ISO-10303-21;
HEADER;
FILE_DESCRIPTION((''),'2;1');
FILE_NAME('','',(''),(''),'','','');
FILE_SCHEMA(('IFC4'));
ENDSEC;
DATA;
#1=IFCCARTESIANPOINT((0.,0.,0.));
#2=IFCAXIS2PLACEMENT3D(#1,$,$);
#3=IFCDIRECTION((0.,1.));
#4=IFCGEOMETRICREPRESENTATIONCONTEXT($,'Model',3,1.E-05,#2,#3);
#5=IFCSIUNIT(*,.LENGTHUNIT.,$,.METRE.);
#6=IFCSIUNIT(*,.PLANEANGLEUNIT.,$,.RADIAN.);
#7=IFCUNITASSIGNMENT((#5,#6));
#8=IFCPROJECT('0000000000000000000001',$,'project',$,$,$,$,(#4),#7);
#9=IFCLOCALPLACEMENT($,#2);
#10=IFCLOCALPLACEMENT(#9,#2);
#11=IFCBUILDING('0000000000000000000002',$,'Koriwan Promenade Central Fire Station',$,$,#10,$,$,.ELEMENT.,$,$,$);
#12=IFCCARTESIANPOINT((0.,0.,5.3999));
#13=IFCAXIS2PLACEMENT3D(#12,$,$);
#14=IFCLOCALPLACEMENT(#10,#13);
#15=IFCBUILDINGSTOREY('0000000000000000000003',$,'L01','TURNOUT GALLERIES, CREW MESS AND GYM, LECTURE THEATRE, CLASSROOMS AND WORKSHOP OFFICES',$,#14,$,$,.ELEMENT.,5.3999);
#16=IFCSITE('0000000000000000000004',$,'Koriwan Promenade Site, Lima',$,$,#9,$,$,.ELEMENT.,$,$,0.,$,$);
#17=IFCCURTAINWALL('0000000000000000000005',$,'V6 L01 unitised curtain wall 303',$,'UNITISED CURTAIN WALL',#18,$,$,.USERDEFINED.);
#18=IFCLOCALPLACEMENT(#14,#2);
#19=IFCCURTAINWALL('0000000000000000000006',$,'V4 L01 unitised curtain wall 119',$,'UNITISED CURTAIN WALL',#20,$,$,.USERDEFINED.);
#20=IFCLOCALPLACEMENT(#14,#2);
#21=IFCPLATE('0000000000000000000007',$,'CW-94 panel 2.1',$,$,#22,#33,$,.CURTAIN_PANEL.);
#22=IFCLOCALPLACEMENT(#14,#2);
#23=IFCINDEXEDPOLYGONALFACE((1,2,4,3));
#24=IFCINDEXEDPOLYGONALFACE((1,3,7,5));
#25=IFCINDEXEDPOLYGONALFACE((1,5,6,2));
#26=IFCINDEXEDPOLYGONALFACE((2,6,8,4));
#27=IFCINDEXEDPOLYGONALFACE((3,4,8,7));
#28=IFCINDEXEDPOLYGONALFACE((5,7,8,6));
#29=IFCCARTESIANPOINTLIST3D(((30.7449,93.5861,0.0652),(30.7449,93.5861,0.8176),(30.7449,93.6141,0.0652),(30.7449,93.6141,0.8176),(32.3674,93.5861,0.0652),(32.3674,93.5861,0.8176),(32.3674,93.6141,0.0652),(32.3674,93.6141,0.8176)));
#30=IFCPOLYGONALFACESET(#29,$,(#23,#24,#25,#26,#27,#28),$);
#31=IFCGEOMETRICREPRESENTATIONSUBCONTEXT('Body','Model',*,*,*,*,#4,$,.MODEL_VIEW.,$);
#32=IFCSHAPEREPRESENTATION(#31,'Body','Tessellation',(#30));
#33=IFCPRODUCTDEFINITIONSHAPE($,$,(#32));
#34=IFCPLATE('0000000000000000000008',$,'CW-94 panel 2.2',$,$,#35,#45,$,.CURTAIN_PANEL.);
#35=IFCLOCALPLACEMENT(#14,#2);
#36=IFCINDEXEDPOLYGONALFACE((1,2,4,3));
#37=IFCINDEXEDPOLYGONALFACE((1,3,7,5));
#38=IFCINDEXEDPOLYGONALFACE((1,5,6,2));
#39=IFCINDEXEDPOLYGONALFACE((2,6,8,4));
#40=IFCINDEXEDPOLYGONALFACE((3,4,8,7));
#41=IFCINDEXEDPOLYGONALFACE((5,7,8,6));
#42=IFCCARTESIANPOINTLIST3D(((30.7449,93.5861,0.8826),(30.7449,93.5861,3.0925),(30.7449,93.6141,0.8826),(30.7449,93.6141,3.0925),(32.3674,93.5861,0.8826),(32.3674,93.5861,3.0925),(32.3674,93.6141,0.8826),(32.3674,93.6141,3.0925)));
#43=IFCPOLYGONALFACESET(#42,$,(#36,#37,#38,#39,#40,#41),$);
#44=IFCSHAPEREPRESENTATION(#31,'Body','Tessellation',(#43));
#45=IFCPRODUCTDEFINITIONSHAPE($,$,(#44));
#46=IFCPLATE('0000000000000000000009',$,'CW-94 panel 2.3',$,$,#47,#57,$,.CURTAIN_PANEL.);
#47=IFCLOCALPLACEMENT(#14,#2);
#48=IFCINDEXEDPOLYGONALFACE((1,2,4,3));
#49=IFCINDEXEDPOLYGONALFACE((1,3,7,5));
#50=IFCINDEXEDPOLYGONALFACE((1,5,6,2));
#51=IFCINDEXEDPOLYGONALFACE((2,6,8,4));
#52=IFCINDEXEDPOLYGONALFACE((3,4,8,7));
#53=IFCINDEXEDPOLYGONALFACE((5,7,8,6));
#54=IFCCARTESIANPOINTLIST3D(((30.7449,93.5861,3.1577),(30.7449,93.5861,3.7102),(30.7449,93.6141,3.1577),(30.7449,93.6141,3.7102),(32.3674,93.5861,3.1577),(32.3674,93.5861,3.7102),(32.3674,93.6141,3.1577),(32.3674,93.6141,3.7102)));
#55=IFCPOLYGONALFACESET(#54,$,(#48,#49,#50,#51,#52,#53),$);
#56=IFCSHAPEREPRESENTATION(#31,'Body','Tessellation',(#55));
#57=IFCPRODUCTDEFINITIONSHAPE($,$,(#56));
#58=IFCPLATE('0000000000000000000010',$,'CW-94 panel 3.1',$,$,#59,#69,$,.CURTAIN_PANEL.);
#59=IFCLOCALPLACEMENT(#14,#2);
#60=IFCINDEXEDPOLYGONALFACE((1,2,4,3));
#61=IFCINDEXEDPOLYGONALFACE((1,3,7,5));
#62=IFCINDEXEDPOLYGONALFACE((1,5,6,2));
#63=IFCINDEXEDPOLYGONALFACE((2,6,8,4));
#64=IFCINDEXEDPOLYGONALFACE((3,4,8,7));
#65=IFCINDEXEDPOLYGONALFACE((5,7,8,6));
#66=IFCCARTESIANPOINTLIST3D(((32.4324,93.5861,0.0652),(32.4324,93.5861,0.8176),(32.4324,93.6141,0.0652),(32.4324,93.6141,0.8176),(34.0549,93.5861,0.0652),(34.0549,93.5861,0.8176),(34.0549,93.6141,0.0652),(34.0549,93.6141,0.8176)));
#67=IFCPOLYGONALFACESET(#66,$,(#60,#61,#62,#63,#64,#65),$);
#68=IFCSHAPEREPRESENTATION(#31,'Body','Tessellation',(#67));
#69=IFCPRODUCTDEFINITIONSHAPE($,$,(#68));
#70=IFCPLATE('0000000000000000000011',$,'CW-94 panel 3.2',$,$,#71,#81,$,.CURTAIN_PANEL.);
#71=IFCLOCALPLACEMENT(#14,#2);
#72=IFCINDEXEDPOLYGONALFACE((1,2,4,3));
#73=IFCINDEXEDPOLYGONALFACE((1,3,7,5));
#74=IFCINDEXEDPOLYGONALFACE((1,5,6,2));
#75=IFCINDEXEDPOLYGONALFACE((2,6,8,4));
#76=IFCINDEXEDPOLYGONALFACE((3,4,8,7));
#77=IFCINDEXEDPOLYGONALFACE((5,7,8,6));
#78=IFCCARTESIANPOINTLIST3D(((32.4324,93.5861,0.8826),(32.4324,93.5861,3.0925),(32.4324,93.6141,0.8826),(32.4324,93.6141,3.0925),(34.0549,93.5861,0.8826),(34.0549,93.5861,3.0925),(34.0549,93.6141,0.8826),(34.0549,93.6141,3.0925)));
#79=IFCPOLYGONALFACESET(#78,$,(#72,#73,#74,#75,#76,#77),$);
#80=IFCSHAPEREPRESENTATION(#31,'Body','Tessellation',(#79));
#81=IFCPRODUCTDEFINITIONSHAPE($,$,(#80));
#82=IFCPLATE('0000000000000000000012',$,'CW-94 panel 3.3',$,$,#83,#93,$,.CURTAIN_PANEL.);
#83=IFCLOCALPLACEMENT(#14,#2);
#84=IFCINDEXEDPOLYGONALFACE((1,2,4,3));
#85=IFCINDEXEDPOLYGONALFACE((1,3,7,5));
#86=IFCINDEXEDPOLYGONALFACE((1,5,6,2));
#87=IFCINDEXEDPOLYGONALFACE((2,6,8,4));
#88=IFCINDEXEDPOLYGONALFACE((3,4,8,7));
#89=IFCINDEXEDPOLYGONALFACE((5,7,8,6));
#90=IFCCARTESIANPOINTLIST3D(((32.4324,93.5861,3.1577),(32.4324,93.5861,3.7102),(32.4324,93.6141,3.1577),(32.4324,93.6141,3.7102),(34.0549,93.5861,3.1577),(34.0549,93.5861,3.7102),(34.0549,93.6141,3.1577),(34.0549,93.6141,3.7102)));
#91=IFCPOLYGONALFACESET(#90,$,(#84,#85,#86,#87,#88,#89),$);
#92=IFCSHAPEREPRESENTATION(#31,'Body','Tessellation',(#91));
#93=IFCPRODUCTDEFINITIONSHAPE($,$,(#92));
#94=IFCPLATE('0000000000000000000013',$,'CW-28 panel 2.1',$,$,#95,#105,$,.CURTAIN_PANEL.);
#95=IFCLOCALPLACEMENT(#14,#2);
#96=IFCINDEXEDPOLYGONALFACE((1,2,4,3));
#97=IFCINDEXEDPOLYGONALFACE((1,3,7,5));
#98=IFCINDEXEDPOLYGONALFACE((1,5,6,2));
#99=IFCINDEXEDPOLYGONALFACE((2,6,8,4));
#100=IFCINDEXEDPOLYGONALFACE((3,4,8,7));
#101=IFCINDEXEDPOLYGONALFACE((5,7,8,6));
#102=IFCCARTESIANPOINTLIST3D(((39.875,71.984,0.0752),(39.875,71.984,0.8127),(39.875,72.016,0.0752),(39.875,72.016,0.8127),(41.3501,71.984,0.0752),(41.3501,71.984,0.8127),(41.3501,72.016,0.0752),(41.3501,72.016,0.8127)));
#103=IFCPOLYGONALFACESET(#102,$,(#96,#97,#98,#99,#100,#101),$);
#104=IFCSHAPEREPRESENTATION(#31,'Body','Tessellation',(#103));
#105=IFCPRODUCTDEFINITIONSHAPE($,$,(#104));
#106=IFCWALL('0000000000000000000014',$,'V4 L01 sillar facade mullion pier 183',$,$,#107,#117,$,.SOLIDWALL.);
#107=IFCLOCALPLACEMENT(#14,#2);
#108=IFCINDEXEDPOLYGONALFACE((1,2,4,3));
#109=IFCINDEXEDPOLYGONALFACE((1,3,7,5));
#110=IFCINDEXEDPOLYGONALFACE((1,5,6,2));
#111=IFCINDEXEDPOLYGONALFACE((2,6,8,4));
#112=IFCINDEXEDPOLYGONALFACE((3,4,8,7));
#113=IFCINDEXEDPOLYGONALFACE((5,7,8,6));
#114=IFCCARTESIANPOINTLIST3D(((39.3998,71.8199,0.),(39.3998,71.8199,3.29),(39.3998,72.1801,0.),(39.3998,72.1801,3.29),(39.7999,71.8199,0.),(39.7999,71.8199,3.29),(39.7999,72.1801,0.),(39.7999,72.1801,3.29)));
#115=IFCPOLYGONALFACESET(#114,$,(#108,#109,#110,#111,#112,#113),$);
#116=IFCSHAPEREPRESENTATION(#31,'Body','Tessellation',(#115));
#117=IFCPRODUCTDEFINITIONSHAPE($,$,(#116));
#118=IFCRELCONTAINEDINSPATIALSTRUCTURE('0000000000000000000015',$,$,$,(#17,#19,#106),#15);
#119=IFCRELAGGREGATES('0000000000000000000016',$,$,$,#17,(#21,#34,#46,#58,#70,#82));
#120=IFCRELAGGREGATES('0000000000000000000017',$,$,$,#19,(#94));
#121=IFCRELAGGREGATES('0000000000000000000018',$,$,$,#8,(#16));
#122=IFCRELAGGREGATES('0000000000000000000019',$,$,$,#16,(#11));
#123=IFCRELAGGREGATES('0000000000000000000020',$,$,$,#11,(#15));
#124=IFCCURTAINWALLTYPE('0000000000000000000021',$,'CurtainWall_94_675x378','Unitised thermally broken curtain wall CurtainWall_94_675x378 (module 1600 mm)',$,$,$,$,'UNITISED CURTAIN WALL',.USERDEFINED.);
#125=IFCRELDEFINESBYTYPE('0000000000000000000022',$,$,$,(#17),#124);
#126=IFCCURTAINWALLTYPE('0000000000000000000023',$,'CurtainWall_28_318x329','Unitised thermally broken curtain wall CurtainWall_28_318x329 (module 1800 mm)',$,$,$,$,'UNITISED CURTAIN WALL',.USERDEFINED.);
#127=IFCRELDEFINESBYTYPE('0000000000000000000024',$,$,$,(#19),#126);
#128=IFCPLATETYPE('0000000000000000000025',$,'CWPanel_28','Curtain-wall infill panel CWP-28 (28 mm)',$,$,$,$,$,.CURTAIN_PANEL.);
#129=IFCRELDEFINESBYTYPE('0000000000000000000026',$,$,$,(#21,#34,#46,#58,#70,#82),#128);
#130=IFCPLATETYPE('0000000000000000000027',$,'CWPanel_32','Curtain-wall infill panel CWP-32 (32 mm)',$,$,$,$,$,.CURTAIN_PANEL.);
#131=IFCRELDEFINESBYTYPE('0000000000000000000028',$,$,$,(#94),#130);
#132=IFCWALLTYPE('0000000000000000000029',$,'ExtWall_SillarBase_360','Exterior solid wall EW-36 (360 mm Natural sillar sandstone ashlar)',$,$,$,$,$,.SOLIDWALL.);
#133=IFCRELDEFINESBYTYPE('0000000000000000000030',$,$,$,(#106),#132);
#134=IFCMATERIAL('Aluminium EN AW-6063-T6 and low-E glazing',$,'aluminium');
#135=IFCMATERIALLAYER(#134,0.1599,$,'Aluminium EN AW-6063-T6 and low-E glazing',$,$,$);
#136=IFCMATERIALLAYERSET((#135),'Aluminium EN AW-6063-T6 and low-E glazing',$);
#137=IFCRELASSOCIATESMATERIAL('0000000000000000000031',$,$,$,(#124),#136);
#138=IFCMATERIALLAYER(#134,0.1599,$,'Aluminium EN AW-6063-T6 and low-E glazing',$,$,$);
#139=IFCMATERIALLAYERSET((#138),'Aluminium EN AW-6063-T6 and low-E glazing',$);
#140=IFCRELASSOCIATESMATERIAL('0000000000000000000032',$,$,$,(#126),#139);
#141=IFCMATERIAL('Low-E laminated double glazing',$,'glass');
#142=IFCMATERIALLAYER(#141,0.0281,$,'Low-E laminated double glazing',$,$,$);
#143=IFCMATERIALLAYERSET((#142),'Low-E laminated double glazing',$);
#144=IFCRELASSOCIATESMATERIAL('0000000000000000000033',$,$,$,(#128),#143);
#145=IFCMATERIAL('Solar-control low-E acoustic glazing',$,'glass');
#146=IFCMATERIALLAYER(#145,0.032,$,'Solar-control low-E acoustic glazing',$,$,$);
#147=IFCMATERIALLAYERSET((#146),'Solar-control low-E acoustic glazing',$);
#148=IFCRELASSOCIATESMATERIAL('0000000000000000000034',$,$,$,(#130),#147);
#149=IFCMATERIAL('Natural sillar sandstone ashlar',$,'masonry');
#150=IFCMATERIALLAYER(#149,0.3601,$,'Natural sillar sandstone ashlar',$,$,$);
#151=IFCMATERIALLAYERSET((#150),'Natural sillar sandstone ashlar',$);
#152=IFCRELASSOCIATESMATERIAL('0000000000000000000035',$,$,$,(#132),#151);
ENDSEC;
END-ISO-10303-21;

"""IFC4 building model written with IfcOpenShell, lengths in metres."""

from ifc_helpers import new_model, si_unit, direction, frame, frame_2d, origin, origin_2d, place, context, subcontext, project, spatial, rectangle, extrude, material, layer, layer_set, type_object, element, aggregate, save


model = new_model("IFC4")

# Units and contexts
model_context = context("Model", 3, precision=1e-05, world=origin(), true_north=direction((0.0, 1.0)))
body_context = subcontext(model_context, "Body", "Model", "MODEL_VIEW")
ifc_project = project(units=[si_unit("LENGTHUNIT", "METRE"), si_unit("PLANEANGLEUNIT", "RADIAN")], contexts=[model_context])

# Site, building, storey
site_placement = place(None, origin())
site = spatial("IfcSite", under=ifc_project, at=site_placement, Name="Koriwan Promenade Site, Lima", CompositionType="ELEMENT", RefElevation=0.0)
building_placement = place(site_placement, origin())
building = spatial("IfcBuilding", under=site, at=building_placement, Name="Koriwan Promenade Central Fire Station", CompositionType="ELEMENT")
storey_placement = place(building_placement, frame((0.0, 0.0, 5.3999)))
storey = spatial("IfcBuildingStorey", under=building, at=storey_placement, Name="L01", Description="TURNOUT GALLERIES, CREW MESS AND GYM, LECTURE THEATRE, CLASSROOMS AND WORKSHOP OFFICES", CompositionType="ELEMENT", Elevation=5.3999)

# Curtain wall
ifc_material_1 = material(Name="Aluminium EN AW-6063-T6 and low-E glazing", Category="aluminium")
ifc_layer_1 = layer(ifc_material_1, 0.1599, Name="Aluminium EN AW-6063-T6 and low-E glazing")
ifc_layer_set_1 = layer_set([ifc_layer_1], Name="Aluminium EN AW-6063-T6 and low-E glazing")
curtain_wall_type_1 = type_object("IfcCurtainWallType", Name="CurtainWall_94_675x378", Description="Unitised thermally broken curtain wall CurtainWall_94_675x378 (module 1600 mm)", ElementType="UNITISED CURTAIN WALL", PredefinedType="USERDEFINED", material=ifc_layer_set_1)
curtain_wall_1_placement = place(storey_placement, origin())
curtain_wall_1 = element("IfcCurtainWall", 1, at=curtain_wall_1_placement, inside=storey, type_object=curtain_wall_type_1, Name="V6 L01 unitised curtain wall 303", ObjectType="UNITISED CURTAIN WALL", PredefinedType="USERDEFINED")

# Curtain wall
ifc_layer_2 = layer(ifc_material_1, 0.1599, Name="Aluminium EN AW-6063-T6 and low-E glazing")
ifc_layer_set_2 = layer_set([ifc_layer_2], Name="Aluminium EN AW-6063-T6 and low-E glazing")
curtain_wall_type_2 = type_object("IfcCurtainWallType", Name="CurtainWall_28_318x329", Description="Unitised thermally broken curtain wall CurtainWall_28_318x329 (module 1800 mm)", ElementType="UNITISED CURTAIN WALL", PredefinedType="USERDEFINED", material=ifc_layer_set_2)
curtain_wall_2_placement = place(storey_placement, origin())
curtain_wall_2 = element("IfcCurtainWall", 2, at=curtain_wall_2_placement, inside=storey, type_object=curtain_wall_type_2, Name="V4 L01 unitised curtain wall 119", ObjectType="UNITISED CURTAIN WALL", PredefinedType="USERDEFINED")

# Plates
ifc_material_2 = material(Name="Low-E laminated double glazing", Category="glass")
ifc_layer_3 = layer(ifc_material_2, 0.0281, Name="Low-E laminated double glazing")
ifc_layer_set_3 = layer_set([ifc_layer_3], Name="Low-E laminated double glazing")
plate_type_1 = type_object("IfcPlateType", Name="CWPanel_28", Description="Curtain-wall infill panel CWP-28 (28 mm)", PredefinedType="CURTAIN_PANEL", material=ifc_layer_set_3)
plate_1_placement = place(storey_placement, frame((31.5562, 93.6001, 0.0652), z_axis=(0.0, 0.0, 1.0), x_axis=(1.0, 0.0, 0.0)))
plate_1 = element("IfcPlate", 3, at=plate_1_placement, type_object=plate_type_1, Name="CW-94 panel 2.1", PredefinedType="CURTAIN_PANEL", context=body_context, shape_type="SweptSolid", body=[
    extrude(rectangle(XDim=1.6226, YDim=0.0281, at=origin_2d()), origin(), (0.0, 0.0, 1.0), 0.7524),
])
plate_2_placement = place(storey_placement, frame((31.5562, 93.6001, 0.8826), z_axis=(0.0, 0.0, 1.0), x_axis=(1.0, 0.0, 0.0)))
plate_2 = element("IfcPlate", 4, at=plate_2_placement, type_object=plate_type_1, Name="CW-94 panel 2.2", PredefinedType="CURTAIN_PANEL", context=body_context, shape_type="SweptSolid", body=[
    extrude(rectangle(XDim=1.6226, YDim=0.0281, at=origin_2d()), origin(), (0.0, 0.0, 1.0), 2.21),
])
plate_3_placement = place(storey_placement, frame((31.5562, 93.6001, 3.1577), z_axis=(0.0, 0.0, 1.0), x_axis=(1.0, 0.0, 0.0)))
plate_3 = element("IfcPlate", 5, at=plate_3_placement, type_object=plate_type_1, Name="CW-94 panel 2.3", PredefinedType="CURTAIN_PANEL", context=body_context, shape_type="SweptSolid", body=[
    extrude(rectangle(XDim=1.6226, YDim=0.0281, at=origin_2d()), origin(), (0.0, 0.0, 1.0), 0.5525),
])
plate_4_placement = place(storey_placement, frame((33.2437, 93.6001, 0.0652), z_axis=(0.0, 0.0, 1.0), x_axis=(1.0, 0.0, 0.0)))
plate_4 = element("IfcPlate", 6, at=plate_4_placement, type_object=plate_type_1, Name="CW-94 panel 3.1", PredefinedType="CURTAIN_PANEL", context=body_context, shape_type="SweptSolid", body=[
    extrude(rectangle(XDim=1.6226, YDim=0.0281, at=origin_2d()), origin(), (0.0, 0.0, 1.0), 0.7524),
])
plate_5_placement = place(storey_placement, frame((33.2437, 93.6001, 0.8826), z_axis=(0.0, 0.0, 1.0), x_axis=(1.0, 0.0, 0.0)))
plate_5 = element("IfcPlate", 7, at=plate_5_placement, type_object=plate_type_1, Name="CW-94 panel 3.2", PredefinedType="CURTAIN_PANEL", context=body_context, shape_type="SweptSolid", body=[
    extrude(rectangle(XDim=1.6226, YDim=0.0281, at=origin_2d()), origin(), (0.0, 0.0, 1.0), 2.21),
])
plate_6_placement = place(storey_placement, frame((33.2437, 93.6001, 3.1577), z_axis=(0.0, 0.0, 1.0), x_axis=(1.0, 0.0, 0.0)))
plate_6 = element("IfcPlate", 8, at=plate_6_placement, type_object=plate_type_1, Name="CW-94 panel 3.3", PredefinedType="CURTAIN_PANEL", context=body_context, shape_type="SweptSolid", body=[
    extrude(rectangle(XDim=1.6226, YDim=0.0281, at=origin_2d()), origin(), (0.0, 0.0, 1.0), 0.5525),
])
aggregate(curtain_wall_1, [plate_1, plate_2, plate_3, plate_4, plate_5, plate_6])
ifc_material_3 = material(Name="Solar-control low-E acoustic glazing", Category="glass")
ifc_layer_4 = layer(ifc_material_3, 0.032, Name="Solar-control low-E acoustic glazing")
ifc_layer_set_4 = layer_set([ifc_layer_4], Name="Solar-control low-E acoustic glazing")
plate_type_2 = type_object("IfcPlateType", Name="CWPanel_32", Description="Curtain-wall infill panel CWP-32 (32 mm)", PredefinedType="CURTAIN_PANEL", material=ifc_layer_set_4)
plate_7_placement = place(storey_placement, frame((40.6125, 72.0, 0.0752), z_axis=(0.0, 0.0, 1.0), x_axis=(-1.0, 0.0, 0.0)))
plate_7 = element("IfcPlate", 9, at=plate_7_placement, type_object=plate_type_2, Name="CW-28 panel 2.1", PredefinedType="CURTAIN_PANEL", context=body_context, shape_type="SweptSolid", body=[
    extrude(rectangle(XDim=1.4751, YDim=0.032, at=origin_2d()), origin(), (0.0, 0.0, 1.0), 0.7375),
])
aggregate(curtain_wall_2, [plate_7])

# Wall
ifc_material_4 = material(Name="Natural sillar sandstone ashlar", Category="masonry")
ifc_layer_5 = layer(ifc_material_4, 0.3601, Name="Natural sillar sandstone ashlar")
ifc_layer_set_5 = layer_set([ifc_layer_5], Name="Natural sillar sandstone ashlar")
wall_type = type_object("IfcWallType", Name="ExtWall_SillarBase_360", Description="Exterior solid wall EW-36 (360 mm Natural sillar sandstone ashlar)", PredefinedType="SOLIDWALL", material=ifc_layer_set_5)
wall_placement = place(storey_placement, frame((39.8, 72.0, 0.0), z_axis=(0.0, 0.0, 1.0), x_axis=(-1.0, 0.0, 0.0)))
element("IfcWall", 10, at=wall_placement, inside=storey, type_object=wall_type, Name="V4 L01 sillar facade mullion pier 183", PredefinedType="SOLIDWALL", context=body_context, shape_type="SweptSolid", body=[
    extrude(rectangle(XDim=0.4001, YDim=0.3601, at=frame_2d((0.2002, 0.0))), origin(), (0.0, 0.0, 1.0), 3.29),
])

save(model, "model.ifc")
